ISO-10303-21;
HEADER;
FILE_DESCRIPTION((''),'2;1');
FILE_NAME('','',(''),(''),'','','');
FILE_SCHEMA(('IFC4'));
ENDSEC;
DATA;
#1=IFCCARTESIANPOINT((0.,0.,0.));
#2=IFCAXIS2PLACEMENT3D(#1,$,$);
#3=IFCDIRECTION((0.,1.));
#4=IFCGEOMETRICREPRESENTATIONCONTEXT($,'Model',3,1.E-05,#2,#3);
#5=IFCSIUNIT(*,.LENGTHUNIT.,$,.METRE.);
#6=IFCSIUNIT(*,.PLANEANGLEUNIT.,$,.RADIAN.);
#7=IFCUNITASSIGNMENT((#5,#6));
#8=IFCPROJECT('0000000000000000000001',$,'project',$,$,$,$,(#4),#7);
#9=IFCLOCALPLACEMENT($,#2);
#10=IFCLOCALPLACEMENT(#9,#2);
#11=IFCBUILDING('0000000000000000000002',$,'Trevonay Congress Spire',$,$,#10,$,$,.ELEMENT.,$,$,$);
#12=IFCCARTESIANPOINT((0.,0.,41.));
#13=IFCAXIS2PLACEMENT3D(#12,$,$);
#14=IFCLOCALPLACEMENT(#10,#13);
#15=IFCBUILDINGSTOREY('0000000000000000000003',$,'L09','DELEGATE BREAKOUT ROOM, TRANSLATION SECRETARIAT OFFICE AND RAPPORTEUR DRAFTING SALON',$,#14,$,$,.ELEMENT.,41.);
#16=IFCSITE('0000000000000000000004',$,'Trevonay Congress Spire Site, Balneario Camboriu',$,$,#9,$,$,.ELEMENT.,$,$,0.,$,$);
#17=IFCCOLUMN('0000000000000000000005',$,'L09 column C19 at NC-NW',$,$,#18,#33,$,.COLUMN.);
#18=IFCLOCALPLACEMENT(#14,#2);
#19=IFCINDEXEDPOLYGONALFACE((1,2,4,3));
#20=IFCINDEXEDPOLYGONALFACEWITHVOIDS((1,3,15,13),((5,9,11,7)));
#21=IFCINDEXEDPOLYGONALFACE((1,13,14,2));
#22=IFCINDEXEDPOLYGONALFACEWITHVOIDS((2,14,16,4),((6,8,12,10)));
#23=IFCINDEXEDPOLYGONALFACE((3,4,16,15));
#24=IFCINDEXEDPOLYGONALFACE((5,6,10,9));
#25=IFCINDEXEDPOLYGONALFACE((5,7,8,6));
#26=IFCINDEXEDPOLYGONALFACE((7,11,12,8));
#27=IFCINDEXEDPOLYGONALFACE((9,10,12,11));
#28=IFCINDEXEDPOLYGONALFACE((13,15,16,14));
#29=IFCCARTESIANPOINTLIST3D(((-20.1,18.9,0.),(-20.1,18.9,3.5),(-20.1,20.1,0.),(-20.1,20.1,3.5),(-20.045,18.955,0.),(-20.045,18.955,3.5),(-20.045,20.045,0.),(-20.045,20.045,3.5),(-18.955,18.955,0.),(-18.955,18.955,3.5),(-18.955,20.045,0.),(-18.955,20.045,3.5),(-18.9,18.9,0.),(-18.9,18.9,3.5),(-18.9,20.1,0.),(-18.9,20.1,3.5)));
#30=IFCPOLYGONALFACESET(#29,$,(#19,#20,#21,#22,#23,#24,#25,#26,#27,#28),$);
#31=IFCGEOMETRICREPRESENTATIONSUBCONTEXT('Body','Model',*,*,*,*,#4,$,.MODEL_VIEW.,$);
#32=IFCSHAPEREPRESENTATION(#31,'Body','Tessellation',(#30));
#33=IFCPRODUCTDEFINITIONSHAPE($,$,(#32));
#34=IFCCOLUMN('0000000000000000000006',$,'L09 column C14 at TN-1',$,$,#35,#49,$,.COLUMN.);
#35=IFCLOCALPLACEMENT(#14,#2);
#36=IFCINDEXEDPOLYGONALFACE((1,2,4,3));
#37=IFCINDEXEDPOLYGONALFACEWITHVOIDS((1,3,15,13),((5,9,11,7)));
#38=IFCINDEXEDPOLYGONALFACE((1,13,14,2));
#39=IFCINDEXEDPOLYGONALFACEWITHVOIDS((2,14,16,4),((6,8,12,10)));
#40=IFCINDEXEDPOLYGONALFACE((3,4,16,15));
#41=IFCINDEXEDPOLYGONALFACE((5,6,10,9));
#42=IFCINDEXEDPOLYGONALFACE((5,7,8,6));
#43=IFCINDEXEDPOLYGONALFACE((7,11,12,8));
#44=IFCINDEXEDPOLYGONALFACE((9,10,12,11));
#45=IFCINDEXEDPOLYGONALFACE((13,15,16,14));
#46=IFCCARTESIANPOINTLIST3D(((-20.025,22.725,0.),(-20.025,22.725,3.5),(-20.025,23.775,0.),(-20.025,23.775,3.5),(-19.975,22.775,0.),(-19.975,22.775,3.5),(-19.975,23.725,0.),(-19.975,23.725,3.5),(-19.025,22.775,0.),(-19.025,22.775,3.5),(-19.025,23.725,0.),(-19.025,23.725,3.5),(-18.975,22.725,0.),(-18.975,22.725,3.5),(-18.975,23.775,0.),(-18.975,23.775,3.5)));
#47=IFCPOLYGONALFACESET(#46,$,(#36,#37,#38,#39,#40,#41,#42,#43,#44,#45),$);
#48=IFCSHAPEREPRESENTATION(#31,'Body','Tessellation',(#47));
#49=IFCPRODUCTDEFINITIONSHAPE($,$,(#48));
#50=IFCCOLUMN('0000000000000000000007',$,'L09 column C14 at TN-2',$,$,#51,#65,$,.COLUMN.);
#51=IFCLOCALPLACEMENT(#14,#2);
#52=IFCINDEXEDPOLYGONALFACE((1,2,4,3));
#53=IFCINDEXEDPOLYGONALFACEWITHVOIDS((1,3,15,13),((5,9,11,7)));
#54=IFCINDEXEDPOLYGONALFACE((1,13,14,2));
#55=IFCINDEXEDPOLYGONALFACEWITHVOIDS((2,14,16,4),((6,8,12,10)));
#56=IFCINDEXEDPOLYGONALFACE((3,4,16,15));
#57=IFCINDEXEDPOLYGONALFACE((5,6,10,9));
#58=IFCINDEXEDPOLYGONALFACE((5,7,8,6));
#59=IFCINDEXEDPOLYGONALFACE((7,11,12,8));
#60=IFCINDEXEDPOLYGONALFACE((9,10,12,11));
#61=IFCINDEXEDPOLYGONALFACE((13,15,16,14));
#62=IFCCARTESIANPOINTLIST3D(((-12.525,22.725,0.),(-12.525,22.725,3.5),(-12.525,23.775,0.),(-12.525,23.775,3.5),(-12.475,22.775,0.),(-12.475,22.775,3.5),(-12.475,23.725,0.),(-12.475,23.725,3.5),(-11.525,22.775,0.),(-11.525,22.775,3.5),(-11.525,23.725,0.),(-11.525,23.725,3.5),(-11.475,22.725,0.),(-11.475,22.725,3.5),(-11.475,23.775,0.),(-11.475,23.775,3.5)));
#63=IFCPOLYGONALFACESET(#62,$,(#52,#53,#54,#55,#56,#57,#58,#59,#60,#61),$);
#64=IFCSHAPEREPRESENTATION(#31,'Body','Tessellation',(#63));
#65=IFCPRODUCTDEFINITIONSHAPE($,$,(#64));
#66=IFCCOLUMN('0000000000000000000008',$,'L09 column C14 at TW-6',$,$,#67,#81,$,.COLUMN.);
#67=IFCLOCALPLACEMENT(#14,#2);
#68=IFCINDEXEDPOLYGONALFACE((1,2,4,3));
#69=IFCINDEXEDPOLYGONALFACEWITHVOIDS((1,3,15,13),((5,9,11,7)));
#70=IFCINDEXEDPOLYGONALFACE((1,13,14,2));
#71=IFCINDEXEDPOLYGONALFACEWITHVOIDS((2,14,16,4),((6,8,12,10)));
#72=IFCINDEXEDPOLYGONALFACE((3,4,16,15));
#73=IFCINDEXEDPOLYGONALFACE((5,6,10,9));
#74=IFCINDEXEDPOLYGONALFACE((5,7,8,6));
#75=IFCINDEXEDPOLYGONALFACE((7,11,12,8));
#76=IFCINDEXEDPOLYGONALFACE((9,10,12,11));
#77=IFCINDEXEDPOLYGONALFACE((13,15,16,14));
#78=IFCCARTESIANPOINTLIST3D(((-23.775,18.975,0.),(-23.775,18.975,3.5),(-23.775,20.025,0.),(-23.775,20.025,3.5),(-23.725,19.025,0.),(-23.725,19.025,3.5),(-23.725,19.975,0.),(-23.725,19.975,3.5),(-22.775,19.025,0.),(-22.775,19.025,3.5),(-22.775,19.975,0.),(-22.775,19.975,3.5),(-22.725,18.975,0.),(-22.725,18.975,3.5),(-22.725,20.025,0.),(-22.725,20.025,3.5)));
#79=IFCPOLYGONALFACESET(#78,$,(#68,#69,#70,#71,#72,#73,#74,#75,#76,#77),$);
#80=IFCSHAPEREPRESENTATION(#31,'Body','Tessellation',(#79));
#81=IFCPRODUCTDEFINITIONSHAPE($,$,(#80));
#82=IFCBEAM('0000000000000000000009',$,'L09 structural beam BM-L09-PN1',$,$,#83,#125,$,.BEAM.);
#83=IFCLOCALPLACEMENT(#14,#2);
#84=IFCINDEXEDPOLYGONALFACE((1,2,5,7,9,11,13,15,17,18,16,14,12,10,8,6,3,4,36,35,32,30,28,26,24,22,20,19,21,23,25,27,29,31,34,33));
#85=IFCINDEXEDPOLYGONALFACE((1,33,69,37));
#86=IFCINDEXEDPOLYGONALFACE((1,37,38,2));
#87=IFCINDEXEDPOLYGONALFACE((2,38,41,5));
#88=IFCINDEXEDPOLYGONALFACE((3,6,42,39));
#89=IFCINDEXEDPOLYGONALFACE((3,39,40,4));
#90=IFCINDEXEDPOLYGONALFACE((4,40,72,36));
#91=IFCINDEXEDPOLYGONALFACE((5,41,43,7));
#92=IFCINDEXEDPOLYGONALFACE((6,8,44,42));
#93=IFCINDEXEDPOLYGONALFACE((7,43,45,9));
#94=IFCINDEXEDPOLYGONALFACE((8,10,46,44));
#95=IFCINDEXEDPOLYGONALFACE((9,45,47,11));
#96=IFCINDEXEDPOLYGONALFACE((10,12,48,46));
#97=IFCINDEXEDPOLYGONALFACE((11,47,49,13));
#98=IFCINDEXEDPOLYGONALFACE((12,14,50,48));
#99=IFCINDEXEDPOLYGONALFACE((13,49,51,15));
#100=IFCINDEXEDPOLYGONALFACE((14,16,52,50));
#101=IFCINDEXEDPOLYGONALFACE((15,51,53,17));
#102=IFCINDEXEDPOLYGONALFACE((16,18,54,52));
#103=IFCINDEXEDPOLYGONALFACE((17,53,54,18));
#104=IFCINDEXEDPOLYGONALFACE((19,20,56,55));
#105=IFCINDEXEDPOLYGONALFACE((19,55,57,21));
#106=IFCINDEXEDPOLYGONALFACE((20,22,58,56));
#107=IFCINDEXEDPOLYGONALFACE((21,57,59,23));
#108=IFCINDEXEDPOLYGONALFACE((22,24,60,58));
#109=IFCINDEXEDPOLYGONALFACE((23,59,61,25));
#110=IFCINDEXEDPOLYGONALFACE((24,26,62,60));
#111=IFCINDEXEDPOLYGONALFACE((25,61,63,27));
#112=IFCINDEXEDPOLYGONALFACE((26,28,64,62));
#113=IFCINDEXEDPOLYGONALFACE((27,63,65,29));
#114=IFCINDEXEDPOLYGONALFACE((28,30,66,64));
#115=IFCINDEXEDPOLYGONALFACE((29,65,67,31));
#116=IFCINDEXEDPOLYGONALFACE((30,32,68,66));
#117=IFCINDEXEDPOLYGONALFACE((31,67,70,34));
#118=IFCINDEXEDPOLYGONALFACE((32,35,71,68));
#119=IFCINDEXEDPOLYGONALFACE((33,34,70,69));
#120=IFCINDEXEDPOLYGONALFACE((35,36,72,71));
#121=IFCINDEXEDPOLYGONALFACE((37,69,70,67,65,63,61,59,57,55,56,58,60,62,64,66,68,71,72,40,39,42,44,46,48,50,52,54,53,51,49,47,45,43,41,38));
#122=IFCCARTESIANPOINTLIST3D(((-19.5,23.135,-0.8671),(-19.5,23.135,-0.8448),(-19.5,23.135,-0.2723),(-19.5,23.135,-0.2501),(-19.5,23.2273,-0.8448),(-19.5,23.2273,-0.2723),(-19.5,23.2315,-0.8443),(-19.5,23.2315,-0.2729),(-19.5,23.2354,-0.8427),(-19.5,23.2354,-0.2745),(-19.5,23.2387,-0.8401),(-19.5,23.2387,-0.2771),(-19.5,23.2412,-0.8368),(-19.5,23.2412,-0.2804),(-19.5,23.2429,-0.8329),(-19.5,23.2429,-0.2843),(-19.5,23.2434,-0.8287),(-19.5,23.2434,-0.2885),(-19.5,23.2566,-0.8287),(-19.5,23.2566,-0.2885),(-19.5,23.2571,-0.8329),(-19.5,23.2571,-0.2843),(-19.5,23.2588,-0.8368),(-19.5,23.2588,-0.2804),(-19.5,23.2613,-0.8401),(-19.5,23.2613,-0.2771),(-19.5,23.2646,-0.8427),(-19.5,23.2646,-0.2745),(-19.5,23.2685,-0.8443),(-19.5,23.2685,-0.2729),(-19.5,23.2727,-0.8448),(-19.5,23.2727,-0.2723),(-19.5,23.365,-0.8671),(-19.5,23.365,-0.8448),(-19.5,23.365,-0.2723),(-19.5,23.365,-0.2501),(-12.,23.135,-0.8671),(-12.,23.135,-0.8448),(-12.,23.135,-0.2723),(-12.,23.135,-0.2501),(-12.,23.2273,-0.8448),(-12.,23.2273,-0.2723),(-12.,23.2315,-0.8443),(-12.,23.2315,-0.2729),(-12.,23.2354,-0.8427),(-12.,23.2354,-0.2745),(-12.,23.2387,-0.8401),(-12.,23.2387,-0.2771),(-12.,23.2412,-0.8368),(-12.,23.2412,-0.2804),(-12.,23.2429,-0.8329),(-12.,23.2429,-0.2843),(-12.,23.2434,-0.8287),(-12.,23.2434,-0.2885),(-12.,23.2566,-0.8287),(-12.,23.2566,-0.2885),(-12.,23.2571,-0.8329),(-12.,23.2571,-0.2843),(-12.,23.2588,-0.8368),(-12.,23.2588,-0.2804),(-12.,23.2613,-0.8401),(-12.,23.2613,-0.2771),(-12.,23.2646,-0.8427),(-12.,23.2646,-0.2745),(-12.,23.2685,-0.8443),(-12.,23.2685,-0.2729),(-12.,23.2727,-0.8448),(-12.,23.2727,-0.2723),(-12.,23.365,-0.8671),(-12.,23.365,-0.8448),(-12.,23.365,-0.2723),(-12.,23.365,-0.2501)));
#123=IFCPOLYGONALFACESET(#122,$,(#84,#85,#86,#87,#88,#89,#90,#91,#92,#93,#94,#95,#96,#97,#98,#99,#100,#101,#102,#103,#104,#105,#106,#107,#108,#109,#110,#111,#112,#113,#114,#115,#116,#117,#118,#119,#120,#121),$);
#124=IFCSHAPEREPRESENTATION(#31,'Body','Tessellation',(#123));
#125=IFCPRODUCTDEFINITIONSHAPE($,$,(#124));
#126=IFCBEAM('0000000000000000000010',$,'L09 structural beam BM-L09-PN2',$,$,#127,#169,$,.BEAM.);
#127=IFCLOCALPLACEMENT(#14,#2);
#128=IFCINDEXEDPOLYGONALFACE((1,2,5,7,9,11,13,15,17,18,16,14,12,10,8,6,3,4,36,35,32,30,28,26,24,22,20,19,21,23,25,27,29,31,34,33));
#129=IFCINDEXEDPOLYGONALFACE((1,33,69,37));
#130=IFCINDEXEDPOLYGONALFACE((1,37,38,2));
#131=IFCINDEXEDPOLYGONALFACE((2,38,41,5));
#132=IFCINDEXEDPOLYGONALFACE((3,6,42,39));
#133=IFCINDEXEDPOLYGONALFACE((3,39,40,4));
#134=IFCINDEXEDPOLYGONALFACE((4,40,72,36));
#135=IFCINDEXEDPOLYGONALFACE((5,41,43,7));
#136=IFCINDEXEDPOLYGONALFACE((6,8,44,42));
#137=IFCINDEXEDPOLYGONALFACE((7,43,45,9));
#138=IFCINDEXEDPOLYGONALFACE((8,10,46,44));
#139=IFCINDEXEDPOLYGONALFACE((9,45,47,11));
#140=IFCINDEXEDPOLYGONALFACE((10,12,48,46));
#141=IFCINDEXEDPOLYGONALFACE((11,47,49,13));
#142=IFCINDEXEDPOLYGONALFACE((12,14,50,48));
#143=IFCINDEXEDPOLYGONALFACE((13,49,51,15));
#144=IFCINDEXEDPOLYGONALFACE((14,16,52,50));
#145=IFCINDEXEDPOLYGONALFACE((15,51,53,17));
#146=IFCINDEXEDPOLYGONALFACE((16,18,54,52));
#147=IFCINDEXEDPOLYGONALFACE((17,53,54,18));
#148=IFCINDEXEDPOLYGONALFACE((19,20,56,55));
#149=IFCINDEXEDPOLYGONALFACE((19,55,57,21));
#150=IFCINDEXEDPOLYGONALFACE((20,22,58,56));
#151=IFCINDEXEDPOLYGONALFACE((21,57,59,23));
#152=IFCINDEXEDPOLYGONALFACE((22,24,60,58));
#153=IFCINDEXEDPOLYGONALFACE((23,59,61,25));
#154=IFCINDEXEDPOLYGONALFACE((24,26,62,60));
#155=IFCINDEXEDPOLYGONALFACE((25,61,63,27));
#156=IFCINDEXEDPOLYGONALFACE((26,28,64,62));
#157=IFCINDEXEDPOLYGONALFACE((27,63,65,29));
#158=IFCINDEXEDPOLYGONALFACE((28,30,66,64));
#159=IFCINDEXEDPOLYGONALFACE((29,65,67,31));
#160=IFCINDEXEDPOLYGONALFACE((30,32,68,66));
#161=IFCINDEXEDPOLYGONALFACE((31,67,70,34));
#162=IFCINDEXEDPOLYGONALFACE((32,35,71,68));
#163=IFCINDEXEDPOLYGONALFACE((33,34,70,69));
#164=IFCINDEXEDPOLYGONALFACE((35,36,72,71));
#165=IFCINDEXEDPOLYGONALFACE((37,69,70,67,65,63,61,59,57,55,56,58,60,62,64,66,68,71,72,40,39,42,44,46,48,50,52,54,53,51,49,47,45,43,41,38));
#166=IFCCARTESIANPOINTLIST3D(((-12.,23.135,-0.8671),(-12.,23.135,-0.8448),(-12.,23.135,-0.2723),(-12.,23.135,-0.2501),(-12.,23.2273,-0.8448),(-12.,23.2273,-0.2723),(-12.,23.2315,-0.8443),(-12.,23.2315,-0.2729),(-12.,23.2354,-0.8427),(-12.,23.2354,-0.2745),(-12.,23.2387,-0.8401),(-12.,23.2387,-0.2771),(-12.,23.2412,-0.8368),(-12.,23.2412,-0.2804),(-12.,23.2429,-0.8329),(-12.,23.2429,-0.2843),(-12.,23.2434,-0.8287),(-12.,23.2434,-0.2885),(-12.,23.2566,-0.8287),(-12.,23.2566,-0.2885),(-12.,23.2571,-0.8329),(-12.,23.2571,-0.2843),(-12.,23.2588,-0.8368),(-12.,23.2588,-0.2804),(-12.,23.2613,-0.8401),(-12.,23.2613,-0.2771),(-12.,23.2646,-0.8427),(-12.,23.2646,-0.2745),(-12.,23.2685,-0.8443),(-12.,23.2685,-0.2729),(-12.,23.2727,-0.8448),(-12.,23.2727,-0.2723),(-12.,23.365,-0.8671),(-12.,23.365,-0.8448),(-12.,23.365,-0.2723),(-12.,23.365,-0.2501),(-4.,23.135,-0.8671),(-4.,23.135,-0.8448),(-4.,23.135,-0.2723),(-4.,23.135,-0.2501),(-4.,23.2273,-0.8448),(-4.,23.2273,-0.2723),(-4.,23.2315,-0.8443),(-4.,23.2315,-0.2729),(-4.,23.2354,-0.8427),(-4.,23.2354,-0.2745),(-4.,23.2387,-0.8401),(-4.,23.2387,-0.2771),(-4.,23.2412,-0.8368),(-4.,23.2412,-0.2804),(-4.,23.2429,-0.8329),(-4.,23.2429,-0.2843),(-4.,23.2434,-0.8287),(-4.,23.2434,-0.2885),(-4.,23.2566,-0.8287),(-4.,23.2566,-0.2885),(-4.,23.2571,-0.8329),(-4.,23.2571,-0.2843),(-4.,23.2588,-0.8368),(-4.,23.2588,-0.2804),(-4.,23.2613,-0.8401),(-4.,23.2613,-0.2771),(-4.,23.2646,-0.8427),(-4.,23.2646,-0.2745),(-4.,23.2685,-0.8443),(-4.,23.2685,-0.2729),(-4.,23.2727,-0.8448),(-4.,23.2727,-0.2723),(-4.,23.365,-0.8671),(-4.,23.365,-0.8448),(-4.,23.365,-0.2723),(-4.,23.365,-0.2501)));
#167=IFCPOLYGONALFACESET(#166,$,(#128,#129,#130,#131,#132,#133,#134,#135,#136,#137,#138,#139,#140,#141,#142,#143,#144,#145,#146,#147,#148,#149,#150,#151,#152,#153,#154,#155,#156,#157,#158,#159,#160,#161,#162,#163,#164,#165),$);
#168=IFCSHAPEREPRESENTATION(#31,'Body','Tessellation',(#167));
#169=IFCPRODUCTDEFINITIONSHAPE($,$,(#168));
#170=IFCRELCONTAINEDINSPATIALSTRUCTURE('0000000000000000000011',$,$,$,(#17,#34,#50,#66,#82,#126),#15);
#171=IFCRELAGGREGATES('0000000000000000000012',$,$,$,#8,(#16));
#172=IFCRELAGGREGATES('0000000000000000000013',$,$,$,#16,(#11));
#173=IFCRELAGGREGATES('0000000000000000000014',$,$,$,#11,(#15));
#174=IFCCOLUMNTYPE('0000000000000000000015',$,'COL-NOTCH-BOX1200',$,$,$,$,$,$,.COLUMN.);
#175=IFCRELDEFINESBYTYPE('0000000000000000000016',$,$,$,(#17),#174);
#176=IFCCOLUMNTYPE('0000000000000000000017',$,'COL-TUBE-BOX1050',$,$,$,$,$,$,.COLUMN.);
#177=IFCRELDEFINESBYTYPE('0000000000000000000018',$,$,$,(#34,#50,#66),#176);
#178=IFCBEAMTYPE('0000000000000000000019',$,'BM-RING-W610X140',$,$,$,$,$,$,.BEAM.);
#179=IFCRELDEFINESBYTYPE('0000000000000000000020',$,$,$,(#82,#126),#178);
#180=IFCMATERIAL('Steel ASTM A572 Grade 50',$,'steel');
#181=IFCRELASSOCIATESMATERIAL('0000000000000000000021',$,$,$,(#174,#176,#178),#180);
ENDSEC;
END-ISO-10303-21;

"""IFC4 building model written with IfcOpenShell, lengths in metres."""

from ifc_helpers import new_model, si_unit, direction, frame, origin, origin_2d, place, context, subcontext, project, spatial, hollow_rectangle, i_section, extrude, material, material_profile, profile_set, type_object, element, save


model = new_model("IFC4")

# Units and contexts
model_context = context("Model", 3, precision=1e-05, world=origin(), true_north=direction((0.0, 1.0)))
body_context = subcontext(model_context, "Body", "Model", "MODEL_VIEW")
ifc_project = project(units=[si_unit("LENGTHUNIT", "METRE"), si_unit("PLANEANGLEUNIT", "RADIAN")], contexts=[model_context])

# Site, building, storey
site_placement = place(None, origin())
site = spatial("IfcSite", under=ifc_project, at=site_placement, Name="Trevonay Congress Spire Site, Balneario Camboriu", CompositionType="ELEMENT", RefElevation=0.0)
building_placement = place(site_placement, origin())
building = spatial("IfcBuilding", under=site, at=building_placement, Name="Trevonay Congress Spire", CompositionType="ELEMENT")
storey_placement = place(building_placement, frame((0.0, 0.0, 41.0)))
storey = spatial("IfcBuildingStorey", under=building, at=storey_placement, Name="L09", Description="DELEGATE BREAKOUT ROOM, TRANSLATION SECRETARIAT OFFICE AND RAPPORTEUR DRAFTING SALON", CompositionType="ELEMENT", Elevation=41.0)

# Columns
ifc_material_1 = material(Name="Steel ASTM A572 Grade 50", Category="steel")
ifc_material_profile_1 = material_profile(ifc_material_1, hollow_rectangle(XDim=1.2, YDim=1.2, WallThickness=0.0549, at=origin_2d()), Name="BOX 1200x1200x55")
ifc_profile_set_1 = profile_set([ifc_material_profile_1], Name="Steel ASTM A572 Grade 50")
column_type_1 = type_object("IfcColumnType", Name="COL-NOTCH-BOX1200", PredefinedType="COLUMN", material=ifc_profile_set_1)
column_placement = place(storey_placement, frame((-19.5, 19.5, 0.0), z_axis=(0.0, 0.0, 1.0), x_axis=(1.0, 0.0, 0.0)))
element("IfcColumn", 1, at=column_placement, inside=storey, type_object=column_type_1, Name="L09 column C19 at NC-NW", PredefinedType="COLUMN", context=body_context, shape_type="SweptSolid", body=[
    extrude(hollow_rectangle(XDim=1.2, YDim=1.2, WallThickness=0.0549, at=origin_2d()), origin(), (0.0, 0.0, 1.0), 3.5),
])
ifc_material_profile_2 = material_profile(ifc_material_1, hollow_rectangle(XDim=1.05, YDim=1.05, WallThickness=0.05, at=origin_2d()), Name="BOX 1050x1050x50")
ifc_profile_set_2 = profile_set([ifc_material_profile_2], Name="Steel ASTM A572 Grade 50")
column_type_2 = type_object("IfcColumnType", Name="COL-TUBE-BOX1050", PredefinedType="COLUMN", material=ifc_profile_set_2)
for number, where, z_axis, x_axis, name in (
    (2, (-19.5, 23.25, 0.0), (0.0, 0.0, 1.0), (1.0, 0.0, 0.0), "L09 column C14 at TN-1"),
    (3, (-12.0, 23.25, 0.0), (0.0, 0.0, 1.0), (1.0, 0.0, 0.0), "L09 column C14 at TN-2"),
    (4, (-23.25, 19.5, 0.0), (0.0, 0.0, 1.0), (1.0, 0.0, 0.0), "L09 column C14 at TW-6"),
):
    element("IfcColumn", number, at=place(storey_placement, frame(where, z_axis=z_axis, x_axis=x_axis)), inside=storey, type_object=column_type_2, Name=name, PredefinedType="COLUMN", context=body_context, shape_type="SweptSolid", body=[
        extrude(hollow_rectangle(XDim=1.05, YDim=1.05, WallThickness=0.05, at=origin_2d()), origin(), (0.0, 0.0, 1.0), 3.5),
    ])

# Beams
ifc_material_profile_3 = material_profile(ifc_material_1, i_section(OverallWidth=0.23, OverallDepth=0.6169, WebThickness=0.0132, FlangeThickness=0.0222, FilletRadius=0.0161, at=origin_2d()), Name="W610x140")
ifc_profile_set_3 = profile_set([ifc_material_profile_3], Name="Steel ASTM A572 Grade 50")
beam_type = type_object("IfcBeamType", Name="BM-RING-W610X140", PredefinedType="BEAM", material=ifc_profile_set_3)
beam_1_placement = place(storey_placement, frame((-19.5, 23.25, -0.5586), z_axis=(1.0, 0.0, 0.0), x_axis=(0.0, 1.0, 0.0)))
element("IfcBeam", 5, at=beam_1_placement, inside=storey, type_object=beam_type, Name="L09 structural beam BM-L09-PN1", PredefinedType="BEAM", context=body_context, shape_type="SweptSolid", body=[
    extrude(i_section(OverallWidth=0.23, OverallDepth=0.6169, WebThickness=0.0132, FlangeThickness=0.0222, FilletRadius=0.0161, at=origin_2d()), origin(), (0.0, 0.0, 1.0), 7.5),
])
beam_2_placement = place(storey_placement, frame((-12.0, 23.25, -0.5586), z_axis=(1.0, 0.0, 0.0), x_axis=(0.0, 1.0, 0.0)))
element("IfcBeam", 6, at=beam_2_placement, inside=storey, type_object=beam_type, Name="L09 structural beam BM-L09-PN2", PredefinedType="BEAM", context=body_context, shape_type="SweptSolid", body=[
    extrude(i_section(OverallWidth=0.23, OverallDepth=0.6169, WebThickness=0.0132, FlangeThickness=0.0222, FilletRadius=0.0161, at=origin_2d()), origin(), (0.0, 0.0, 1.0), 8.0),
])

save(model, "model.ifc")
